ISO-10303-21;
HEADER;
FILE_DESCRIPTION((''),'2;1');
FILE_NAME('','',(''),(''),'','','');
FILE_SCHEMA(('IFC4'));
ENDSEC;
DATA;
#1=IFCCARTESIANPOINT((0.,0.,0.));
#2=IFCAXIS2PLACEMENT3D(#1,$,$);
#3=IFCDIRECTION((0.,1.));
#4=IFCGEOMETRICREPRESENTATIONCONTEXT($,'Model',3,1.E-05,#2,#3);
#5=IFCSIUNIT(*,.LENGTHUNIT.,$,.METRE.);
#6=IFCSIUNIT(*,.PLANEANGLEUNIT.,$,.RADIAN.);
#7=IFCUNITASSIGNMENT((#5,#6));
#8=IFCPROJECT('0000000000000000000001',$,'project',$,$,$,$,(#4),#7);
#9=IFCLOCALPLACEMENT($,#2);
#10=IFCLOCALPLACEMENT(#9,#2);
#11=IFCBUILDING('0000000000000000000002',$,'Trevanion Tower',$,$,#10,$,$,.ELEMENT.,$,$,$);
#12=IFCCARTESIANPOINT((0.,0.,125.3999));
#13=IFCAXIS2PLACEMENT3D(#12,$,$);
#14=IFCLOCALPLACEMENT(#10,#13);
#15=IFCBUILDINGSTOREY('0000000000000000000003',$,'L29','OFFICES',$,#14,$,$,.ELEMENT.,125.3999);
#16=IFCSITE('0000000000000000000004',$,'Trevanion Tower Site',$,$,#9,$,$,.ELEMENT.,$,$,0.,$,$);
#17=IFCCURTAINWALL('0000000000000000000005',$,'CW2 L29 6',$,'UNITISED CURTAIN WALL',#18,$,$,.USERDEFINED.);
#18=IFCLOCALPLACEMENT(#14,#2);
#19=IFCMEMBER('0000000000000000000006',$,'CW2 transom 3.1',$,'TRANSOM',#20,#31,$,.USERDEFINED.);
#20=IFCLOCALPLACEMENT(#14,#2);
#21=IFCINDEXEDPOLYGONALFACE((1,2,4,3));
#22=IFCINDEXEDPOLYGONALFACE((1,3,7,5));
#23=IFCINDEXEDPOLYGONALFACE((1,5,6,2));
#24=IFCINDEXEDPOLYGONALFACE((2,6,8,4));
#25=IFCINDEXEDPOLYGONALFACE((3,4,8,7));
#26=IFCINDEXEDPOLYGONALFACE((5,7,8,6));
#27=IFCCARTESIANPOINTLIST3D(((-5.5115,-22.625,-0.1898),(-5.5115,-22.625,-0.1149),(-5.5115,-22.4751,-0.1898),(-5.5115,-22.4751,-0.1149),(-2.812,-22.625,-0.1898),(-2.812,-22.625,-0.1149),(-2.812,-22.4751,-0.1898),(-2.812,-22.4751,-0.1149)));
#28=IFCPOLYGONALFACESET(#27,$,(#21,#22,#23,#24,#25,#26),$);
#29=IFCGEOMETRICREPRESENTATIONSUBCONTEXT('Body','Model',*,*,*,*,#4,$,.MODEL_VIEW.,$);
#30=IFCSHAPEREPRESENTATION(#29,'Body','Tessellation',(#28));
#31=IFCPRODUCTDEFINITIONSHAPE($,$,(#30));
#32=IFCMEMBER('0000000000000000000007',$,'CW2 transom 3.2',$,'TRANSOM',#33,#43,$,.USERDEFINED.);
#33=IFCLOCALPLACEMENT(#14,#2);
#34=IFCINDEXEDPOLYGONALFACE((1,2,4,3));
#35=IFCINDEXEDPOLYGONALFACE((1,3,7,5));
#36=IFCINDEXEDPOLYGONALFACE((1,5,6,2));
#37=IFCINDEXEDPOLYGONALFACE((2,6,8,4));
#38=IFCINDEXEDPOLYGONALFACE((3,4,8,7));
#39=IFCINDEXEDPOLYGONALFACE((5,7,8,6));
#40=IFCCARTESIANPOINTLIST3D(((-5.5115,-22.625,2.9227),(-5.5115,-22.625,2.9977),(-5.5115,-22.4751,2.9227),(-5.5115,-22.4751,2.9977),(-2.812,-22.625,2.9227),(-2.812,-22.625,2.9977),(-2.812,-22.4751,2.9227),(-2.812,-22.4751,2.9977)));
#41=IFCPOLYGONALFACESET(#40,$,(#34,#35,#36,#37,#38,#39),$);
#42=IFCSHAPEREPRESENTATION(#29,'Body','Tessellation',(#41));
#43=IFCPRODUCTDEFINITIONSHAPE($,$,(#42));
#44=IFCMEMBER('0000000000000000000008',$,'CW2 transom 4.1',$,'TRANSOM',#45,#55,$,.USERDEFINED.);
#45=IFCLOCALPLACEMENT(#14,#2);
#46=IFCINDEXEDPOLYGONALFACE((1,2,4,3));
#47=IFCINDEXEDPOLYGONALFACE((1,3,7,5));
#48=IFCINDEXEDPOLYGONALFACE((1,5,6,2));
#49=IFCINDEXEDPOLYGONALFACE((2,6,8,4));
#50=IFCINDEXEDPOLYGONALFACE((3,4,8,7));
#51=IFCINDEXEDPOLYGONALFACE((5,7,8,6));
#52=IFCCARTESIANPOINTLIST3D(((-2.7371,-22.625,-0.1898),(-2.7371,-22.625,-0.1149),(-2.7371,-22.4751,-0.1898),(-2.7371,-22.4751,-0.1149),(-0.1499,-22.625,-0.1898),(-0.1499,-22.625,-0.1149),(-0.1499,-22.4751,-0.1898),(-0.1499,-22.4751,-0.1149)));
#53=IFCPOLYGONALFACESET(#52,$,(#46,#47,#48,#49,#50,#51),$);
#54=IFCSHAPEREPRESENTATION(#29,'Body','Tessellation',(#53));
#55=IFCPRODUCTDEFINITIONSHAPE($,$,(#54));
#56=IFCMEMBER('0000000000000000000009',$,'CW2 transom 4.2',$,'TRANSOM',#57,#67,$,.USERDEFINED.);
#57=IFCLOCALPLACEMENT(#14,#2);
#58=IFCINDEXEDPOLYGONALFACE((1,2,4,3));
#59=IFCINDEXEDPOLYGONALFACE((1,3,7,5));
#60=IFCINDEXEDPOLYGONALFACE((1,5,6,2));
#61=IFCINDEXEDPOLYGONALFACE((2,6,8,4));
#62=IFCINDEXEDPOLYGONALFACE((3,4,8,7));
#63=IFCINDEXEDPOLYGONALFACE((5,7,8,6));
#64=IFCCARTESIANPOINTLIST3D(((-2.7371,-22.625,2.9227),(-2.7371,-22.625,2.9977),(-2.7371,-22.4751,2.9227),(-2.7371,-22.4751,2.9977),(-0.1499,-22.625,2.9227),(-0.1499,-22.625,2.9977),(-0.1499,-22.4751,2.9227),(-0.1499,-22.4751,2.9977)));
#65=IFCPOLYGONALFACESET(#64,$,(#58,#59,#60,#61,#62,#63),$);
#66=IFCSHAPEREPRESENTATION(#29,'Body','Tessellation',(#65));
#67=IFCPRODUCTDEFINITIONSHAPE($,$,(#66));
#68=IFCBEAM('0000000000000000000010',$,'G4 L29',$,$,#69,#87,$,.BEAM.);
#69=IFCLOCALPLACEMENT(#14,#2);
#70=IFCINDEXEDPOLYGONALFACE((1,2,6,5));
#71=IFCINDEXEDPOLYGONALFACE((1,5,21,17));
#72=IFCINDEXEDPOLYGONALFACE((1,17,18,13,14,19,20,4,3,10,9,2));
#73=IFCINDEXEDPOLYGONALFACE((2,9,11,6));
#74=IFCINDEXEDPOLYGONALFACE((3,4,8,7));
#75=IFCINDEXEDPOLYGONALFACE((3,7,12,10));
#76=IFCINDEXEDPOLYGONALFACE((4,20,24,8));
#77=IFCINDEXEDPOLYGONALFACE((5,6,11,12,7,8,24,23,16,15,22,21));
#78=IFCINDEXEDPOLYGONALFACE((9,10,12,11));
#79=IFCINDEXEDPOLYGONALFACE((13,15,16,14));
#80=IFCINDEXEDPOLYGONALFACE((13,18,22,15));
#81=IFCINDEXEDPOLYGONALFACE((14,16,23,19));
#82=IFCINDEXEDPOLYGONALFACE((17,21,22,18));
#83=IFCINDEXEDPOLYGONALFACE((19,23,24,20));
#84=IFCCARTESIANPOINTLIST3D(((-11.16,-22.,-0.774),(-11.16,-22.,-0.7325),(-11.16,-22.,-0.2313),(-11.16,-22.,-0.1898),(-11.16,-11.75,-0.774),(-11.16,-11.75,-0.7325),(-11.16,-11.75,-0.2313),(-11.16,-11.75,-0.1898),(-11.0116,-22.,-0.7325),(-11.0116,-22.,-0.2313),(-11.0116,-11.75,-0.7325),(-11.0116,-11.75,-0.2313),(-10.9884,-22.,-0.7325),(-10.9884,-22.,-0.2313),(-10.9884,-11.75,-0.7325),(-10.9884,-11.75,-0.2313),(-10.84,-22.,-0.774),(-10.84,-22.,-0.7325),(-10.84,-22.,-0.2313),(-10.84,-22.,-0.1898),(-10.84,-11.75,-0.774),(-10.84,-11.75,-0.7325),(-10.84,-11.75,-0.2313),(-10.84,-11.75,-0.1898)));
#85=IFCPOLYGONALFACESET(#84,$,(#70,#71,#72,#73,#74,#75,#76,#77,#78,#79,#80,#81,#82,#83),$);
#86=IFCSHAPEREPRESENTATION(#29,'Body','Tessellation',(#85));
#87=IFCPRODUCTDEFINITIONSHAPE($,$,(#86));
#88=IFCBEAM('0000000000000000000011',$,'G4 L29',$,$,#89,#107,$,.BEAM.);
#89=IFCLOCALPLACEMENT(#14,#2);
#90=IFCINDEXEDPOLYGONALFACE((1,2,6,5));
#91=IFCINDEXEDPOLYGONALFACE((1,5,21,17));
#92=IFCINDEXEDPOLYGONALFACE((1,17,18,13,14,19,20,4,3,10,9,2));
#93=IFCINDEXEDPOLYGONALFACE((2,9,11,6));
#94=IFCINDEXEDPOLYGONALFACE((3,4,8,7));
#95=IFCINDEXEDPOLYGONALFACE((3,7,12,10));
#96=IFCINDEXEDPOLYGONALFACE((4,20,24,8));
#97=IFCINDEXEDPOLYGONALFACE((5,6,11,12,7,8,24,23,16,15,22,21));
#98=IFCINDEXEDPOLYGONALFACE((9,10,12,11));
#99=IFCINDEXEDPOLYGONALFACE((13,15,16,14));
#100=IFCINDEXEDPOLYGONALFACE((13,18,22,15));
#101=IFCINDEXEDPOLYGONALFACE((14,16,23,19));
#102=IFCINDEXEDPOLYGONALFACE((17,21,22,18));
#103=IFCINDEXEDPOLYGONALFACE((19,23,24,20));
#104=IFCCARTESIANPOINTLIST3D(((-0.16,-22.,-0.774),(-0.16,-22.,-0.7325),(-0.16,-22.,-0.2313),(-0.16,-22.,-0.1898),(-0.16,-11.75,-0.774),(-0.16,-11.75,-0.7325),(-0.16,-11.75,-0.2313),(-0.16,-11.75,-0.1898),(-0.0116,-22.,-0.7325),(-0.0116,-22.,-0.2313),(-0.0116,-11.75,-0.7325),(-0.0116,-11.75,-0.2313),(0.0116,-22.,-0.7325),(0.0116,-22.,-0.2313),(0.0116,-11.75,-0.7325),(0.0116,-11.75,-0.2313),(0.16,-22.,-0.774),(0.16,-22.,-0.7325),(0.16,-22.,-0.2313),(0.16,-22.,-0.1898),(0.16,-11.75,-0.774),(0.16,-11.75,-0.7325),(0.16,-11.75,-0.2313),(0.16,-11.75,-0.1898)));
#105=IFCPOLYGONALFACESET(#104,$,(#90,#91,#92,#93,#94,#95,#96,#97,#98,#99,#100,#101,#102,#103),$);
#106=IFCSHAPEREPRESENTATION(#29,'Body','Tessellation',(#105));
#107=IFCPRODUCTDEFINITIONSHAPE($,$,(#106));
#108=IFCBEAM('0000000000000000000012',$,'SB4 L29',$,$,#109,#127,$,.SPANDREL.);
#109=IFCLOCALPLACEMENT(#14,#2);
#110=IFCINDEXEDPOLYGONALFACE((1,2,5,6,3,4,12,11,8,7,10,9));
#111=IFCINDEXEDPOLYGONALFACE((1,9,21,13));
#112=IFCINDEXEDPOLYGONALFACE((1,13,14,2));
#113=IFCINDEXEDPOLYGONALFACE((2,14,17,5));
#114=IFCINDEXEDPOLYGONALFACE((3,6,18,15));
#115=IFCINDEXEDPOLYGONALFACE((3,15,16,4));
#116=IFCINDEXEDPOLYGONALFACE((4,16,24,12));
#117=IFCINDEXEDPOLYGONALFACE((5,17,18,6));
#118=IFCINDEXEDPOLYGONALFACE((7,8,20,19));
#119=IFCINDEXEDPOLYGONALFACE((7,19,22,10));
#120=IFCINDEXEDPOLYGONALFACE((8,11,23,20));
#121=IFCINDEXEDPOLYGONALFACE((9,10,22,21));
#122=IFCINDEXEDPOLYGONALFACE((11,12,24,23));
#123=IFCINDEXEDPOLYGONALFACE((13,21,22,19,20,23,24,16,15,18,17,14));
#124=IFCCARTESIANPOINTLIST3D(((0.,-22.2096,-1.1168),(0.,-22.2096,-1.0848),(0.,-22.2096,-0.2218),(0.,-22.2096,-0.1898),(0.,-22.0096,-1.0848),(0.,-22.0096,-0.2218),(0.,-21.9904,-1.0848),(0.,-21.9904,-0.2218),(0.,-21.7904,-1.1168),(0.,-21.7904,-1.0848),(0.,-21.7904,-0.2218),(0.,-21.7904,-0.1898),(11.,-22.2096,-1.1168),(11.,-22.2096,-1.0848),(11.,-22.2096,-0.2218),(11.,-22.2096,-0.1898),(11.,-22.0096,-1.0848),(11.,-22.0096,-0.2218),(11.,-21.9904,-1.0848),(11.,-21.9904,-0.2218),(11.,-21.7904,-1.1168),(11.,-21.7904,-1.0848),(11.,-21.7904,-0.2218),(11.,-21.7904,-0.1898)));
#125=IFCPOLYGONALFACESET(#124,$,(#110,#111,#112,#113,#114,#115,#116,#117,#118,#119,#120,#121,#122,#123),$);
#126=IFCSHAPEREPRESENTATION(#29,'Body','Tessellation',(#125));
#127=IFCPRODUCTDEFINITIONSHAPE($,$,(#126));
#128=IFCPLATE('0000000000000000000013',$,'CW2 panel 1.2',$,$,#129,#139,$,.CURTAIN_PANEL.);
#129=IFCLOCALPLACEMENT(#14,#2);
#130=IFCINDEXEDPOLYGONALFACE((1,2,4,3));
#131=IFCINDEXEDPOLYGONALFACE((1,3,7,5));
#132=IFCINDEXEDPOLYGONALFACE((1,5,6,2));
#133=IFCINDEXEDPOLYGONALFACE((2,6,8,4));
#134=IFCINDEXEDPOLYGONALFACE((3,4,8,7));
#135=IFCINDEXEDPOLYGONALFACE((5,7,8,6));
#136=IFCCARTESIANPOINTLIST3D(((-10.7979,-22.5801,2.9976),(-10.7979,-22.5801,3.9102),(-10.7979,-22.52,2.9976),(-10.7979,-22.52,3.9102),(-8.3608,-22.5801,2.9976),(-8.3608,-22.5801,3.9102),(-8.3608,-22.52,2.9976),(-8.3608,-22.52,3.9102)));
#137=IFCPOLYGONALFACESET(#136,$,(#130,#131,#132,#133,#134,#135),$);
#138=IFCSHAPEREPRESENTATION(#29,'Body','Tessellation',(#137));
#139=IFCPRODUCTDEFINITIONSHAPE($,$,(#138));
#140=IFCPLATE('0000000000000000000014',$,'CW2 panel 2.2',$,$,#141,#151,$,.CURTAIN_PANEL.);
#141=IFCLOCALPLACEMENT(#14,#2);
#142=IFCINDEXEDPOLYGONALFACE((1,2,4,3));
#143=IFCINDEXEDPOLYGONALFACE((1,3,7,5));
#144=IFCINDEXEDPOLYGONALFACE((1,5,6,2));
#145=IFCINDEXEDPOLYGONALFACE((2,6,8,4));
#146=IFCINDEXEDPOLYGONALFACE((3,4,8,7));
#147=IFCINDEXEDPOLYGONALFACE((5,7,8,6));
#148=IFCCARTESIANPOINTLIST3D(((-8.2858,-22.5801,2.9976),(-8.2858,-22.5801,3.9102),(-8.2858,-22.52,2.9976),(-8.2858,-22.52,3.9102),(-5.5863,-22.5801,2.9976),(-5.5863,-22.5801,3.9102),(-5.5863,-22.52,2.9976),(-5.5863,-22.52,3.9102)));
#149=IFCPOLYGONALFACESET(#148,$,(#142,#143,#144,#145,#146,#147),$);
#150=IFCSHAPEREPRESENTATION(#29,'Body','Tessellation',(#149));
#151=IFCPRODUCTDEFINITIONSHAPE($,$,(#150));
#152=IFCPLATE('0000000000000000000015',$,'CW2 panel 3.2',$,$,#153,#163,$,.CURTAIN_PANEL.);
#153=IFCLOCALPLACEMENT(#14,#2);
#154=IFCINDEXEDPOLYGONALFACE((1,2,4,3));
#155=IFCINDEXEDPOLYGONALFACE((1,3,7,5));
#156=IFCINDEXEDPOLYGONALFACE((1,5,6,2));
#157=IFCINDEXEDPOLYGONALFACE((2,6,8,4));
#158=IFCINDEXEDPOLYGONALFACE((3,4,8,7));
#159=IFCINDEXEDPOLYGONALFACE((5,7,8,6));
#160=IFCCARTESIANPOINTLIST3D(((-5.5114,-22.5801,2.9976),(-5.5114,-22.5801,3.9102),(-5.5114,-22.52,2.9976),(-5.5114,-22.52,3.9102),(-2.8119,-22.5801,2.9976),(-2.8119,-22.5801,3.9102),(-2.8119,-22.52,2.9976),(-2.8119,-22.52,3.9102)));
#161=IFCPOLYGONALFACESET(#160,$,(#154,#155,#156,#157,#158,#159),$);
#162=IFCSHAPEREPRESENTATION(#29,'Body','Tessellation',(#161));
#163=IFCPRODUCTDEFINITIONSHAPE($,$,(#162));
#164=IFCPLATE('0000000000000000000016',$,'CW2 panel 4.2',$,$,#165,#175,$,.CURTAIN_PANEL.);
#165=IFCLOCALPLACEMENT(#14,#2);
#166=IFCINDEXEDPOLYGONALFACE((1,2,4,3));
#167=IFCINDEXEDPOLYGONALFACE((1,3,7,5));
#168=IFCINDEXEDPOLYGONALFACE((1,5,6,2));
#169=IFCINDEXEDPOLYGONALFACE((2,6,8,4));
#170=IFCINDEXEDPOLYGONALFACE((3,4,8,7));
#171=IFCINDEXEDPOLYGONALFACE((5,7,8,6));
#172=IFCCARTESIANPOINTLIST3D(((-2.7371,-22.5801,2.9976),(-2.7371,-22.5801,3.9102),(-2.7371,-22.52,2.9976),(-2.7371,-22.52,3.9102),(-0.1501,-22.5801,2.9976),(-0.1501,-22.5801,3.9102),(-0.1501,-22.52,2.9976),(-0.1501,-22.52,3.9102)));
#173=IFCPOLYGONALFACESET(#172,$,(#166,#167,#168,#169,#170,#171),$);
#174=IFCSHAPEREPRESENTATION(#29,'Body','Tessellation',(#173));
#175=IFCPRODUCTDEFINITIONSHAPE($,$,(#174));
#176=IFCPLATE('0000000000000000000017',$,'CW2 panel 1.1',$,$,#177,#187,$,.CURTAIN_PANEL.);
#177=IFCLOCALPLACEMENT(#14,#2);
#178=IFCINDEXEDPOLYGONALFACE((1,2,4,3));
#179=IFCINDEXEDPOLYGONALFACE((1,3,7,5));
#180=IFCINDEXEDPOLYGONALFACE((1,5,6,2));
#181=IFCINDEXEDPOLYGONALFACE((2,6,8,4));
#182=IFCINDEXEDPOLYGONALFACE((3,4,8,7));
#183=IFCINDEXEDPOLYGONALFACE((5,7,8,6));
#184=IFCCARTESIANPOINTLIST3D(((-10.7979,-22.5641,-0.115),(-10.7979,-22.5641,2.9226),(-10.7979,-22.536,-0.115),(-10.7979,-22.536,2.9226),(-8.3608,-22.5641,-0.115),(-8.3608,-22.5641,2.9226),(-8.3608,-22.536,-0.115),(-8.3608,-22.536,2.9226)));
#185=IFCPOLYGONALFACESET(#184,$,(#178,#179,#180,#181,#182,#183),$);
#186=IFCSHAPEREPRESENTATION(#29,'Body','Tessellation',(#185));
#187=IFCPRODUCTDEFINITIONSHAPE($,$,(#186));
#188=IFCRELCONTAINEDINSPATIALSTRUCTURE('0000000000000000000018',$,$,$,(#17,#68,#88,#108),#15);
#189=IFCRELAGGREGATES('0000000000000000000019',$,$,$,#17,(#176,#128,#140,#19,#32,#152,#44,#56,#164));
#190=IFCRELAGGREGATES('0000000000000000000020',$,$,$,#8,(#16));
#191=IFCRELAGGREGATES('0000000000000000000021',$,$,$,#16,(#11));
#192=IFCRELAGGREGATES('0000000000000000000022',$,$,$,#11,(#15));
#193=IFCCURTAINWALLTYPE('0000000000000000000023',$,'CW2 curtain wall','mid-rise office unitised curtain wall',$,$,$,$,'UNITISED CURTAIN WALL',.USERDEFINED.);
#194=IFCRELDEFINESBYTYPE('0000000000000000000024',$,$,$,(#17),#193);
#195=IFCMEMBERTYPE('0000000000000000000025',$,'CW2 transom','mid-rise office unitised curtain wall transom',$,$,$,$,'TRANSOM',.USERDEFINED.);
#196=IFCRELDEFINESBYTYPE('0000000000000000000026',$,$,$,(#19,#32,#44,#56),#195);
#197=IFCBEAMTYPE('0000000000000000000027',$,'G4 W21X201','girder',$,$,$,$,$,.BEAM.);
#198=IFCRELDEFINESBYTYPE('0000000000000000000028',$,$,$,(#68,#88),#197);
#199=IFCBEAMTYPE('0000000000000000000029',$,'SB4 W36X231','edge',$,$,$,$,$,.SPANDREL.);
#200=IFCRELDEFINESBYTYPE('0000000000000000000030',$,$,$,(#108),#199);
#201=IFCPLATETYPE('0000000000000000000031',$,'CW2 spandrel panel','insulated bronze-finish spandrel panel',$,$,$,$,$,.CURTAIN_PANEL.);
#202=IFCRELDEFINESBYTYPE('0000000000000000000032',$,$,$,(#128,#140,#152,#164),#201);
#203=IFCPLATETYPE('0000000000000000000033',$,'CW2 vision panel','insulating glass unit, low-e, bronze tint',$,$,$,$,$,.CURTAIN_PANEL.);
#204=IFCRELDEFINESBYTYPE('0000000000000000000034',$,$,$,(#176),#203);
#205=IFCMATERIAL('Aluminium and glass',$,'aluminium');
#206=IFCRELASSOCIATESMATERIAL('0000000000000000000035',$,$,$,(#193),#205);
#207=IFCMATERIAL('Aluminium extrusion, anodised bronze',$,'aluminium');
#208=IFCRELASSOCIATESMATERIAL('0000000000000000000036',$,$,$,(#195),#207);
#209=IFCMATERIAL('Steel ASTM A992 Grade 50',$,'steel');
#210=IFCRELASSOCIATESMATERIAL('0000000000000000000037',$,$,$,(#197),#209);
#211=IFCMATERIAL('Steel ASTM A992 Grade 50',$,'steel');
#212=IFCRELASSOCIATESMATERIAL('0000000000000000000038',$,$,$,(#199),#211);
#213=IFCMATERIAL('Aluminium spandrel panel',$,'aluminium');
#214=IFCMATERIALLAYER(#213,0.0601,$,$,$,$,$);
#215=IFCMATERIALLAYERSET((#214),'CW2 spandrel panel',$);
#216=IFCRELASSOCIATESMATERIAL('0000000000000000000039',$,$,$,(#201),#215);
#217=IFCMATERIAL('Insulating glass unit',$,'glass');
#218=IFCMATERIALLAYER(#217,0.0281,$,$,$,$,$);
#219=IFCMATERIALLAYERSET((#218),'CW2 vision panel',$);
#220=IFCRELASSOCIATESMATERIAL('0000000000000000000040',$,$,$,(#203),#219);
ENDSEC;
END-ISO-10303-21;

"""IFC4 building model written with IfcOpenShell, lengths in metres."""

from ifc_helpers import new_model, si_unit, direction, frame, origin, origin_2d, place, context, subcontext, project, spatial, rectangle, i_section, extrude, material, layer, layer_set, material_profile, profile_set, type_object, element, aggregate, save


model = new_model("IFC4")

# Units and contexts
model_context = context("Model", 3, precision=1e-05, world=origin(), true_north=direction((0.0, 1.0)))
body_context = subcontext(model_context, "Body", "Model", "MODEL_VIEW")
ifc_project = project(units=[si_unit("LENGTHUNIT", "METRE"), si_unit("PLANEANGLEUNIT", "RADIAN")], contexts=[model_context])

# Site, building, storey
site_placement = place(None, origin())
site = spatial("IfcSite", under=ifc_project, at=site_placement, Name="Trevanion Tower Site", CompositionType="ELEMENT", RefElevation=0.0)
building_placement = place(site_placement, origin())
building = spatial("IfcBuilding", under=site, at=building_placement, Name="Trevanion Tower", CompositionType="ELEMENT")
storey_placement = place(building_placement, frame((0.0, 0.0, 125.3999)))
storey = spatial("IfcBuildingStorey", under=building, at=storey_placement, Name="L29", Description="OFFICES", CompositionType="ELEMENT", Elevation=125.3999)

# Curtain wall, members
ifc_material_1 = material(Name="Aluminium and glass", Category="aluminium")
curtain_wall_type = type_object("IfcCurtainWallType", Name="CW2 curtain wall", Description="mid-rise office unitised curtain wall", ElementType="UNITISED CURTAIN WALL", PredefinedType="USERDEFINED", material=ifc_material_1)
curtain_wall_placement = place(storey_placement, origin())
curtain_wall = element("IfcCurtainWall", 1, at=curtain_wall_placement, inside=storey, type_object=curtain_wall_type, Name="CW2 L29 6", ObjectType="UNITISED CURTAIN WALL", PredefinedType="USERDEFINED")
ifc_material_2 = material(Name="Aluminium extrusion, anodised bronze", Category="aluminium")
ifc_material_profile_1 = material_profile(ifc_material_2, rectangle(XDim=0.1499, YDim=0.075, at=origin_2d()), Name="CW2 transom")
ifc_profile_set_1 = profile_set([ifc_material_profile_1], Name="Aluminium extrusion, anodised bronze")
member_type_1 = type_object("IfcMemberType", Name="CW2 transom", Description="mid-rise office unitised curtain wall transom", ElementType="TRANSOM", PredefinedType="USERDEFINED", material=ifc_profile_set_1)
member_1_placement = place(storey_placement, frame((-5.5115, -22.55, -0.1523), z_axis=(1.0, 0.0, 0.0), x_axis=(0.0, 1.0, 0.0)))
member_1 = element("IfcMember", 2, at=member_1_placement, type_object=member_type_1, Name="CW2 transom 3.1", ObjectType="TRANSOM", PredefinedType="USERDEFINED", context=body_context, shape_type="SweptSolid", body=[
    extrude(rectangle(XDim=0.1499, YDim=0.075, at=origin_2d()), origin(), (0.0, 0.0, 1.0), 2.6995),
])
member_2_placement = place(storey_placement, frame((-5.5115, -22.55, 2.9602), z_axis=(1.0, 0.0, 0.0), x_axis=(0.0, 1.0, 0.0)))
member_2 = element("IfcMember", 3, at=member_2_placement, type_object=member_type_1, Name="CW2 transom 3.2", ObjectType="TRANSOM", PredefinedType="USERDEFINED", context=body_context, shape_type="SweptSolid", body=[
    extrude(rectangle(XDim=0.1499, YDim=0.075, at=origin_2d()), origin(), (0.0, 0.0, 1.0), 2.6995),
])
member_3_placement = place(storey_placement, frame((-2.7371, -22.55, -0.1523), z_axis=(1.0, 0.0, 0.0), x_axis=(0.0, 1.0, 0.0)))
member_3 = element("IfcMember", 4, at=member_3_placement, type_object=member_type_1, Name="CW2 transom 4.1", ObjectType="TRANSOM", PredefinedType="USERDEFINED", context=body_context, shape_type="SweptSolid", body=[
    extrude(rectangle(XDim=0.1499, YDim=0.075, at=origin_2d()), origin(), (0.0, 0.0, 1.0), 2.5872),
])
member_4_placement = place(storey_placement, frame((-2.7371, -22.55, 2.9602), z_axis=(1.0, 0.0, 0.0), x_axis=(0.0, 1.0, 0.0)))
member_4 = element("IfcMember", 5, at=member_4_placement, type_object=member_type_1, Name="CW2 transom 4.2", ObjectType="TRANSOM", PredefinedType="USERDEFINED", context=body_context, shape_type="SweptSolid", body=[
    extrude(rectangle(XDim=0.1499, YDim=0.075, at=origin_2d()), origin(), (0.0, 0.0, 1.0), 2.5872),
])

# Beams
ifc_material_3 = material(Name="Steel ASTM A992 Grade 50", Category="steel")
ifc_material_profile_2 = material_profile(ifc_material_3, i_section(OverallWidth=0.3201, OverallDepth=0.5842, WebThickness=0.0232, FlangeThickness=0.0415, at=origin_2d()), Name="W21X201")
ifc_profile_set_2 = profile_set([ifc_material_profile_2], Name="Steel ASTM A992 Grade 50")
beam_type_1 = type_object("IfcBeamType", Name="G4 W21X201", Description="girder", PredefinedType="BEAM", material=ifc_profile_set_2)
for number, where, z_axis, x_axis, name in (
    (6, (-11.0, -11.75, -0.4819), (0.0, -1.0, 0.0), (1.0, 0.0, 0.0), "G4 L29"),
    (7, (0.0, -11.75, -0.4819), (0.0, -1.0, 0.0), (1.0, 0.0, 0.0), "G4 L29"),
):
    element("IfcBeam", number, at=place(storey_placement, frame(where, z_axis=z_axis, x_axis=x_axis)), inside=storey, type_object=beam_type_1, Name=name, PredefinedType="BEAM", context=body_context, shape_type="SweptSolid", body=[
        extrude(i_section(OverallWidth=0.3201, OverallDepth=0.5842, WebThickness=0.0232, FlangeThickness=0.0415, at=origin_2d()), origin(), (0.0, 0.0, 1.0), 10.25),
    ])
ifc_material_4 = material(Name="Steel ASTM A992 Grade 50", Category="steel")
ifc_material_profile_3 = material_profile(ifc_material_4, i_section(OverallWidth=0.4192, OverallDepth=0.927, WebThickness=0.0193, FlangeThickness=0.032, at=origin_2d()), Name="W36X231")
ifc_profile_set_3 = profile_set([ifc_material_profile_3], Name="Steel ASTM A992 Grade 50")
beam_type_2 = type_object("IfcBeamType", Name="SB4 W36X231", Description="edge", PredefinedType="SPANDREL", material=ifc_profile_set_3)
beam_placement = place(storey_placement, frame((0.0, -22.0, -0.6533), z_axis=(1.0, 0.0, 0.0), x_axis=(0.0, 1.0, 0.0)))
element("IfcBeam", 8, at=beam_placement, inside=storey, type_object=beam_type_2, Name="SB4 L29", PredefinedType="SPANDREL", context=body_context, shape_type="SweptSolid", body=[
    extrude(i_section(OverallWidth=0.4192, OverallDepth=0.927, WebThickness=0.0193, FlangeThickness=0.032, at=origin_2d()), origin(), (0.0, 0.0, 1.0), 11.0),
])

# Plates
ifc_material_5 = material(Name="Aluminium spandrel panel", Category="aluminium")
ifc_layer_1 = layer(ifc_material_5, 0.0601)
ifc_layer_set_1 = layer_set([ifc_layer_1], Name="CW2 spandrel panel")
plate_type_1 = type_object("IfcPlateType", Name="CW2 spandrel panel", Description="insulated bronze-finish spandrel panel", PredefinedType="CURTAIN_PANEL", material=ifc_layer_set_1)
plate_1_placement = place(storey_placement, frame((-9.5793, -22.55, 2.9976), z_axis=(0.0, 0.0, 1.0), x_axis=(1.0, 0.0, 0.0)))
plate_1 = element("IfcPlate", 9, at=plate_1_placement, type_object=plate_type_1, Name="CW2 panel 1.2", PredefinedType="CURTAIN_PANEL", context=body_context, shape_type="SweptSolid", body=[
    extrude(rectangle(XDim=2.437, YDim=0.0601, at=origin_2d()), origin(), (0.0, 0.0, 1.0), 0.9126),
])
plate_2_placement = place(storey_placement, frame((-6.936, -22.55, 2.9976), z_axis=(0.0, 0.0, 1.0), x_axis=(1.0, 0.0, 0.0)))
plate_2 = element("IfcPlate", 10, at=plate_2_placement, type_object=plate_type_1, Name="CW2 panel 2.2", PredefinedType="CURTAIN_PANEL", context=body_context, shape_type="SweptSolid", body=[
    extrude(rectangle(XDim=2.6995, YDim=0.0601, at=origin_2d()), origin(), (0.0, 0.0, 1.0), 0.9126),
])
plate_3_placement = place(storey_placement, frame((-4.1616, -22.55, 2.9976), z_axis=(0.0, 0.0, 1.0), x_axis=(1.0, 0.0, 0.0)))
plate_3 = element("IfcPlate", 11, at=plate_3_placement, type_object=plate_type_1, Name="CW2 panel 3.2", PredefinedType="CURTAIN_PANEL", context=body_context, shape_type="SweptSolid", body=[
    extrude(rectangle(XDim=2.6995, YDim=0.0601, at=origin_2d()), origin(), (0.0, 0.0, 1.0), 0.9126),
])
plate_4_placement = place(storey_placement, frame((-1.4436, -22.55, 2.9976), z_axis=(0.0, 0.0, 1.0), x_axis=(1.0, 0.0, 0.0)))
plate_4 = element("IfcPlate", 12, at=plate_4_placement, type_object=plate_type_1, Name="CW2 panel 4.2", PredefinedType="CURTAIN_PANEL", context=body_context, shape_type="SweptSolid", body=[
    extrude(rectangle(XDim=2.5869, YDim=0.0601, at=origin_2d()), origin(), (0.0, 0.0, 1.0), 0.9126),
])
ifc_material_6 = material(Name="Insulating glass unit", Category="glass")
ifc_layer_2 = layer(ifc_material_6, 0.0281)
ifc_layer_set_2 = layer_set([ifc_layer_2], Name="CW2 vision panel")
plate_type_2 = type_object("IfcPlateType", Name="CW2 vision panel", Description="insulating glass unit, low-e, bronze tint", PredefinedType="CURTAIN_PANEL", material=ifc_layer_set_2)
plate_5_placement = place(storey_placement, frame((-9.5793, -22.55, -0.115), z_axis=(0.0, 0.0, 1.0), x_axis=(1.0, 0.0, 0.0)))
plate_5 = element("IfcPlate", 13, at=plate_5_placement, type_object=plate_type_2, Name="CW2 panel 1.1", PredefinedType="CURTAIN_PANEL", context=body_context, shape_type="SweptSolid", body=[
    extrude(rectangle(XDim=2.437, YDim=0.0281, at=origin_2d()), origin(), (0.0, 0.0, 1.0), 3.0376),
])
aggregate(curtain_wall, [plate_5, plate_1, plate_2, member_1, member_2, plate_3, member_3, member_4, plate_4])

save(model, "model.ifc")
